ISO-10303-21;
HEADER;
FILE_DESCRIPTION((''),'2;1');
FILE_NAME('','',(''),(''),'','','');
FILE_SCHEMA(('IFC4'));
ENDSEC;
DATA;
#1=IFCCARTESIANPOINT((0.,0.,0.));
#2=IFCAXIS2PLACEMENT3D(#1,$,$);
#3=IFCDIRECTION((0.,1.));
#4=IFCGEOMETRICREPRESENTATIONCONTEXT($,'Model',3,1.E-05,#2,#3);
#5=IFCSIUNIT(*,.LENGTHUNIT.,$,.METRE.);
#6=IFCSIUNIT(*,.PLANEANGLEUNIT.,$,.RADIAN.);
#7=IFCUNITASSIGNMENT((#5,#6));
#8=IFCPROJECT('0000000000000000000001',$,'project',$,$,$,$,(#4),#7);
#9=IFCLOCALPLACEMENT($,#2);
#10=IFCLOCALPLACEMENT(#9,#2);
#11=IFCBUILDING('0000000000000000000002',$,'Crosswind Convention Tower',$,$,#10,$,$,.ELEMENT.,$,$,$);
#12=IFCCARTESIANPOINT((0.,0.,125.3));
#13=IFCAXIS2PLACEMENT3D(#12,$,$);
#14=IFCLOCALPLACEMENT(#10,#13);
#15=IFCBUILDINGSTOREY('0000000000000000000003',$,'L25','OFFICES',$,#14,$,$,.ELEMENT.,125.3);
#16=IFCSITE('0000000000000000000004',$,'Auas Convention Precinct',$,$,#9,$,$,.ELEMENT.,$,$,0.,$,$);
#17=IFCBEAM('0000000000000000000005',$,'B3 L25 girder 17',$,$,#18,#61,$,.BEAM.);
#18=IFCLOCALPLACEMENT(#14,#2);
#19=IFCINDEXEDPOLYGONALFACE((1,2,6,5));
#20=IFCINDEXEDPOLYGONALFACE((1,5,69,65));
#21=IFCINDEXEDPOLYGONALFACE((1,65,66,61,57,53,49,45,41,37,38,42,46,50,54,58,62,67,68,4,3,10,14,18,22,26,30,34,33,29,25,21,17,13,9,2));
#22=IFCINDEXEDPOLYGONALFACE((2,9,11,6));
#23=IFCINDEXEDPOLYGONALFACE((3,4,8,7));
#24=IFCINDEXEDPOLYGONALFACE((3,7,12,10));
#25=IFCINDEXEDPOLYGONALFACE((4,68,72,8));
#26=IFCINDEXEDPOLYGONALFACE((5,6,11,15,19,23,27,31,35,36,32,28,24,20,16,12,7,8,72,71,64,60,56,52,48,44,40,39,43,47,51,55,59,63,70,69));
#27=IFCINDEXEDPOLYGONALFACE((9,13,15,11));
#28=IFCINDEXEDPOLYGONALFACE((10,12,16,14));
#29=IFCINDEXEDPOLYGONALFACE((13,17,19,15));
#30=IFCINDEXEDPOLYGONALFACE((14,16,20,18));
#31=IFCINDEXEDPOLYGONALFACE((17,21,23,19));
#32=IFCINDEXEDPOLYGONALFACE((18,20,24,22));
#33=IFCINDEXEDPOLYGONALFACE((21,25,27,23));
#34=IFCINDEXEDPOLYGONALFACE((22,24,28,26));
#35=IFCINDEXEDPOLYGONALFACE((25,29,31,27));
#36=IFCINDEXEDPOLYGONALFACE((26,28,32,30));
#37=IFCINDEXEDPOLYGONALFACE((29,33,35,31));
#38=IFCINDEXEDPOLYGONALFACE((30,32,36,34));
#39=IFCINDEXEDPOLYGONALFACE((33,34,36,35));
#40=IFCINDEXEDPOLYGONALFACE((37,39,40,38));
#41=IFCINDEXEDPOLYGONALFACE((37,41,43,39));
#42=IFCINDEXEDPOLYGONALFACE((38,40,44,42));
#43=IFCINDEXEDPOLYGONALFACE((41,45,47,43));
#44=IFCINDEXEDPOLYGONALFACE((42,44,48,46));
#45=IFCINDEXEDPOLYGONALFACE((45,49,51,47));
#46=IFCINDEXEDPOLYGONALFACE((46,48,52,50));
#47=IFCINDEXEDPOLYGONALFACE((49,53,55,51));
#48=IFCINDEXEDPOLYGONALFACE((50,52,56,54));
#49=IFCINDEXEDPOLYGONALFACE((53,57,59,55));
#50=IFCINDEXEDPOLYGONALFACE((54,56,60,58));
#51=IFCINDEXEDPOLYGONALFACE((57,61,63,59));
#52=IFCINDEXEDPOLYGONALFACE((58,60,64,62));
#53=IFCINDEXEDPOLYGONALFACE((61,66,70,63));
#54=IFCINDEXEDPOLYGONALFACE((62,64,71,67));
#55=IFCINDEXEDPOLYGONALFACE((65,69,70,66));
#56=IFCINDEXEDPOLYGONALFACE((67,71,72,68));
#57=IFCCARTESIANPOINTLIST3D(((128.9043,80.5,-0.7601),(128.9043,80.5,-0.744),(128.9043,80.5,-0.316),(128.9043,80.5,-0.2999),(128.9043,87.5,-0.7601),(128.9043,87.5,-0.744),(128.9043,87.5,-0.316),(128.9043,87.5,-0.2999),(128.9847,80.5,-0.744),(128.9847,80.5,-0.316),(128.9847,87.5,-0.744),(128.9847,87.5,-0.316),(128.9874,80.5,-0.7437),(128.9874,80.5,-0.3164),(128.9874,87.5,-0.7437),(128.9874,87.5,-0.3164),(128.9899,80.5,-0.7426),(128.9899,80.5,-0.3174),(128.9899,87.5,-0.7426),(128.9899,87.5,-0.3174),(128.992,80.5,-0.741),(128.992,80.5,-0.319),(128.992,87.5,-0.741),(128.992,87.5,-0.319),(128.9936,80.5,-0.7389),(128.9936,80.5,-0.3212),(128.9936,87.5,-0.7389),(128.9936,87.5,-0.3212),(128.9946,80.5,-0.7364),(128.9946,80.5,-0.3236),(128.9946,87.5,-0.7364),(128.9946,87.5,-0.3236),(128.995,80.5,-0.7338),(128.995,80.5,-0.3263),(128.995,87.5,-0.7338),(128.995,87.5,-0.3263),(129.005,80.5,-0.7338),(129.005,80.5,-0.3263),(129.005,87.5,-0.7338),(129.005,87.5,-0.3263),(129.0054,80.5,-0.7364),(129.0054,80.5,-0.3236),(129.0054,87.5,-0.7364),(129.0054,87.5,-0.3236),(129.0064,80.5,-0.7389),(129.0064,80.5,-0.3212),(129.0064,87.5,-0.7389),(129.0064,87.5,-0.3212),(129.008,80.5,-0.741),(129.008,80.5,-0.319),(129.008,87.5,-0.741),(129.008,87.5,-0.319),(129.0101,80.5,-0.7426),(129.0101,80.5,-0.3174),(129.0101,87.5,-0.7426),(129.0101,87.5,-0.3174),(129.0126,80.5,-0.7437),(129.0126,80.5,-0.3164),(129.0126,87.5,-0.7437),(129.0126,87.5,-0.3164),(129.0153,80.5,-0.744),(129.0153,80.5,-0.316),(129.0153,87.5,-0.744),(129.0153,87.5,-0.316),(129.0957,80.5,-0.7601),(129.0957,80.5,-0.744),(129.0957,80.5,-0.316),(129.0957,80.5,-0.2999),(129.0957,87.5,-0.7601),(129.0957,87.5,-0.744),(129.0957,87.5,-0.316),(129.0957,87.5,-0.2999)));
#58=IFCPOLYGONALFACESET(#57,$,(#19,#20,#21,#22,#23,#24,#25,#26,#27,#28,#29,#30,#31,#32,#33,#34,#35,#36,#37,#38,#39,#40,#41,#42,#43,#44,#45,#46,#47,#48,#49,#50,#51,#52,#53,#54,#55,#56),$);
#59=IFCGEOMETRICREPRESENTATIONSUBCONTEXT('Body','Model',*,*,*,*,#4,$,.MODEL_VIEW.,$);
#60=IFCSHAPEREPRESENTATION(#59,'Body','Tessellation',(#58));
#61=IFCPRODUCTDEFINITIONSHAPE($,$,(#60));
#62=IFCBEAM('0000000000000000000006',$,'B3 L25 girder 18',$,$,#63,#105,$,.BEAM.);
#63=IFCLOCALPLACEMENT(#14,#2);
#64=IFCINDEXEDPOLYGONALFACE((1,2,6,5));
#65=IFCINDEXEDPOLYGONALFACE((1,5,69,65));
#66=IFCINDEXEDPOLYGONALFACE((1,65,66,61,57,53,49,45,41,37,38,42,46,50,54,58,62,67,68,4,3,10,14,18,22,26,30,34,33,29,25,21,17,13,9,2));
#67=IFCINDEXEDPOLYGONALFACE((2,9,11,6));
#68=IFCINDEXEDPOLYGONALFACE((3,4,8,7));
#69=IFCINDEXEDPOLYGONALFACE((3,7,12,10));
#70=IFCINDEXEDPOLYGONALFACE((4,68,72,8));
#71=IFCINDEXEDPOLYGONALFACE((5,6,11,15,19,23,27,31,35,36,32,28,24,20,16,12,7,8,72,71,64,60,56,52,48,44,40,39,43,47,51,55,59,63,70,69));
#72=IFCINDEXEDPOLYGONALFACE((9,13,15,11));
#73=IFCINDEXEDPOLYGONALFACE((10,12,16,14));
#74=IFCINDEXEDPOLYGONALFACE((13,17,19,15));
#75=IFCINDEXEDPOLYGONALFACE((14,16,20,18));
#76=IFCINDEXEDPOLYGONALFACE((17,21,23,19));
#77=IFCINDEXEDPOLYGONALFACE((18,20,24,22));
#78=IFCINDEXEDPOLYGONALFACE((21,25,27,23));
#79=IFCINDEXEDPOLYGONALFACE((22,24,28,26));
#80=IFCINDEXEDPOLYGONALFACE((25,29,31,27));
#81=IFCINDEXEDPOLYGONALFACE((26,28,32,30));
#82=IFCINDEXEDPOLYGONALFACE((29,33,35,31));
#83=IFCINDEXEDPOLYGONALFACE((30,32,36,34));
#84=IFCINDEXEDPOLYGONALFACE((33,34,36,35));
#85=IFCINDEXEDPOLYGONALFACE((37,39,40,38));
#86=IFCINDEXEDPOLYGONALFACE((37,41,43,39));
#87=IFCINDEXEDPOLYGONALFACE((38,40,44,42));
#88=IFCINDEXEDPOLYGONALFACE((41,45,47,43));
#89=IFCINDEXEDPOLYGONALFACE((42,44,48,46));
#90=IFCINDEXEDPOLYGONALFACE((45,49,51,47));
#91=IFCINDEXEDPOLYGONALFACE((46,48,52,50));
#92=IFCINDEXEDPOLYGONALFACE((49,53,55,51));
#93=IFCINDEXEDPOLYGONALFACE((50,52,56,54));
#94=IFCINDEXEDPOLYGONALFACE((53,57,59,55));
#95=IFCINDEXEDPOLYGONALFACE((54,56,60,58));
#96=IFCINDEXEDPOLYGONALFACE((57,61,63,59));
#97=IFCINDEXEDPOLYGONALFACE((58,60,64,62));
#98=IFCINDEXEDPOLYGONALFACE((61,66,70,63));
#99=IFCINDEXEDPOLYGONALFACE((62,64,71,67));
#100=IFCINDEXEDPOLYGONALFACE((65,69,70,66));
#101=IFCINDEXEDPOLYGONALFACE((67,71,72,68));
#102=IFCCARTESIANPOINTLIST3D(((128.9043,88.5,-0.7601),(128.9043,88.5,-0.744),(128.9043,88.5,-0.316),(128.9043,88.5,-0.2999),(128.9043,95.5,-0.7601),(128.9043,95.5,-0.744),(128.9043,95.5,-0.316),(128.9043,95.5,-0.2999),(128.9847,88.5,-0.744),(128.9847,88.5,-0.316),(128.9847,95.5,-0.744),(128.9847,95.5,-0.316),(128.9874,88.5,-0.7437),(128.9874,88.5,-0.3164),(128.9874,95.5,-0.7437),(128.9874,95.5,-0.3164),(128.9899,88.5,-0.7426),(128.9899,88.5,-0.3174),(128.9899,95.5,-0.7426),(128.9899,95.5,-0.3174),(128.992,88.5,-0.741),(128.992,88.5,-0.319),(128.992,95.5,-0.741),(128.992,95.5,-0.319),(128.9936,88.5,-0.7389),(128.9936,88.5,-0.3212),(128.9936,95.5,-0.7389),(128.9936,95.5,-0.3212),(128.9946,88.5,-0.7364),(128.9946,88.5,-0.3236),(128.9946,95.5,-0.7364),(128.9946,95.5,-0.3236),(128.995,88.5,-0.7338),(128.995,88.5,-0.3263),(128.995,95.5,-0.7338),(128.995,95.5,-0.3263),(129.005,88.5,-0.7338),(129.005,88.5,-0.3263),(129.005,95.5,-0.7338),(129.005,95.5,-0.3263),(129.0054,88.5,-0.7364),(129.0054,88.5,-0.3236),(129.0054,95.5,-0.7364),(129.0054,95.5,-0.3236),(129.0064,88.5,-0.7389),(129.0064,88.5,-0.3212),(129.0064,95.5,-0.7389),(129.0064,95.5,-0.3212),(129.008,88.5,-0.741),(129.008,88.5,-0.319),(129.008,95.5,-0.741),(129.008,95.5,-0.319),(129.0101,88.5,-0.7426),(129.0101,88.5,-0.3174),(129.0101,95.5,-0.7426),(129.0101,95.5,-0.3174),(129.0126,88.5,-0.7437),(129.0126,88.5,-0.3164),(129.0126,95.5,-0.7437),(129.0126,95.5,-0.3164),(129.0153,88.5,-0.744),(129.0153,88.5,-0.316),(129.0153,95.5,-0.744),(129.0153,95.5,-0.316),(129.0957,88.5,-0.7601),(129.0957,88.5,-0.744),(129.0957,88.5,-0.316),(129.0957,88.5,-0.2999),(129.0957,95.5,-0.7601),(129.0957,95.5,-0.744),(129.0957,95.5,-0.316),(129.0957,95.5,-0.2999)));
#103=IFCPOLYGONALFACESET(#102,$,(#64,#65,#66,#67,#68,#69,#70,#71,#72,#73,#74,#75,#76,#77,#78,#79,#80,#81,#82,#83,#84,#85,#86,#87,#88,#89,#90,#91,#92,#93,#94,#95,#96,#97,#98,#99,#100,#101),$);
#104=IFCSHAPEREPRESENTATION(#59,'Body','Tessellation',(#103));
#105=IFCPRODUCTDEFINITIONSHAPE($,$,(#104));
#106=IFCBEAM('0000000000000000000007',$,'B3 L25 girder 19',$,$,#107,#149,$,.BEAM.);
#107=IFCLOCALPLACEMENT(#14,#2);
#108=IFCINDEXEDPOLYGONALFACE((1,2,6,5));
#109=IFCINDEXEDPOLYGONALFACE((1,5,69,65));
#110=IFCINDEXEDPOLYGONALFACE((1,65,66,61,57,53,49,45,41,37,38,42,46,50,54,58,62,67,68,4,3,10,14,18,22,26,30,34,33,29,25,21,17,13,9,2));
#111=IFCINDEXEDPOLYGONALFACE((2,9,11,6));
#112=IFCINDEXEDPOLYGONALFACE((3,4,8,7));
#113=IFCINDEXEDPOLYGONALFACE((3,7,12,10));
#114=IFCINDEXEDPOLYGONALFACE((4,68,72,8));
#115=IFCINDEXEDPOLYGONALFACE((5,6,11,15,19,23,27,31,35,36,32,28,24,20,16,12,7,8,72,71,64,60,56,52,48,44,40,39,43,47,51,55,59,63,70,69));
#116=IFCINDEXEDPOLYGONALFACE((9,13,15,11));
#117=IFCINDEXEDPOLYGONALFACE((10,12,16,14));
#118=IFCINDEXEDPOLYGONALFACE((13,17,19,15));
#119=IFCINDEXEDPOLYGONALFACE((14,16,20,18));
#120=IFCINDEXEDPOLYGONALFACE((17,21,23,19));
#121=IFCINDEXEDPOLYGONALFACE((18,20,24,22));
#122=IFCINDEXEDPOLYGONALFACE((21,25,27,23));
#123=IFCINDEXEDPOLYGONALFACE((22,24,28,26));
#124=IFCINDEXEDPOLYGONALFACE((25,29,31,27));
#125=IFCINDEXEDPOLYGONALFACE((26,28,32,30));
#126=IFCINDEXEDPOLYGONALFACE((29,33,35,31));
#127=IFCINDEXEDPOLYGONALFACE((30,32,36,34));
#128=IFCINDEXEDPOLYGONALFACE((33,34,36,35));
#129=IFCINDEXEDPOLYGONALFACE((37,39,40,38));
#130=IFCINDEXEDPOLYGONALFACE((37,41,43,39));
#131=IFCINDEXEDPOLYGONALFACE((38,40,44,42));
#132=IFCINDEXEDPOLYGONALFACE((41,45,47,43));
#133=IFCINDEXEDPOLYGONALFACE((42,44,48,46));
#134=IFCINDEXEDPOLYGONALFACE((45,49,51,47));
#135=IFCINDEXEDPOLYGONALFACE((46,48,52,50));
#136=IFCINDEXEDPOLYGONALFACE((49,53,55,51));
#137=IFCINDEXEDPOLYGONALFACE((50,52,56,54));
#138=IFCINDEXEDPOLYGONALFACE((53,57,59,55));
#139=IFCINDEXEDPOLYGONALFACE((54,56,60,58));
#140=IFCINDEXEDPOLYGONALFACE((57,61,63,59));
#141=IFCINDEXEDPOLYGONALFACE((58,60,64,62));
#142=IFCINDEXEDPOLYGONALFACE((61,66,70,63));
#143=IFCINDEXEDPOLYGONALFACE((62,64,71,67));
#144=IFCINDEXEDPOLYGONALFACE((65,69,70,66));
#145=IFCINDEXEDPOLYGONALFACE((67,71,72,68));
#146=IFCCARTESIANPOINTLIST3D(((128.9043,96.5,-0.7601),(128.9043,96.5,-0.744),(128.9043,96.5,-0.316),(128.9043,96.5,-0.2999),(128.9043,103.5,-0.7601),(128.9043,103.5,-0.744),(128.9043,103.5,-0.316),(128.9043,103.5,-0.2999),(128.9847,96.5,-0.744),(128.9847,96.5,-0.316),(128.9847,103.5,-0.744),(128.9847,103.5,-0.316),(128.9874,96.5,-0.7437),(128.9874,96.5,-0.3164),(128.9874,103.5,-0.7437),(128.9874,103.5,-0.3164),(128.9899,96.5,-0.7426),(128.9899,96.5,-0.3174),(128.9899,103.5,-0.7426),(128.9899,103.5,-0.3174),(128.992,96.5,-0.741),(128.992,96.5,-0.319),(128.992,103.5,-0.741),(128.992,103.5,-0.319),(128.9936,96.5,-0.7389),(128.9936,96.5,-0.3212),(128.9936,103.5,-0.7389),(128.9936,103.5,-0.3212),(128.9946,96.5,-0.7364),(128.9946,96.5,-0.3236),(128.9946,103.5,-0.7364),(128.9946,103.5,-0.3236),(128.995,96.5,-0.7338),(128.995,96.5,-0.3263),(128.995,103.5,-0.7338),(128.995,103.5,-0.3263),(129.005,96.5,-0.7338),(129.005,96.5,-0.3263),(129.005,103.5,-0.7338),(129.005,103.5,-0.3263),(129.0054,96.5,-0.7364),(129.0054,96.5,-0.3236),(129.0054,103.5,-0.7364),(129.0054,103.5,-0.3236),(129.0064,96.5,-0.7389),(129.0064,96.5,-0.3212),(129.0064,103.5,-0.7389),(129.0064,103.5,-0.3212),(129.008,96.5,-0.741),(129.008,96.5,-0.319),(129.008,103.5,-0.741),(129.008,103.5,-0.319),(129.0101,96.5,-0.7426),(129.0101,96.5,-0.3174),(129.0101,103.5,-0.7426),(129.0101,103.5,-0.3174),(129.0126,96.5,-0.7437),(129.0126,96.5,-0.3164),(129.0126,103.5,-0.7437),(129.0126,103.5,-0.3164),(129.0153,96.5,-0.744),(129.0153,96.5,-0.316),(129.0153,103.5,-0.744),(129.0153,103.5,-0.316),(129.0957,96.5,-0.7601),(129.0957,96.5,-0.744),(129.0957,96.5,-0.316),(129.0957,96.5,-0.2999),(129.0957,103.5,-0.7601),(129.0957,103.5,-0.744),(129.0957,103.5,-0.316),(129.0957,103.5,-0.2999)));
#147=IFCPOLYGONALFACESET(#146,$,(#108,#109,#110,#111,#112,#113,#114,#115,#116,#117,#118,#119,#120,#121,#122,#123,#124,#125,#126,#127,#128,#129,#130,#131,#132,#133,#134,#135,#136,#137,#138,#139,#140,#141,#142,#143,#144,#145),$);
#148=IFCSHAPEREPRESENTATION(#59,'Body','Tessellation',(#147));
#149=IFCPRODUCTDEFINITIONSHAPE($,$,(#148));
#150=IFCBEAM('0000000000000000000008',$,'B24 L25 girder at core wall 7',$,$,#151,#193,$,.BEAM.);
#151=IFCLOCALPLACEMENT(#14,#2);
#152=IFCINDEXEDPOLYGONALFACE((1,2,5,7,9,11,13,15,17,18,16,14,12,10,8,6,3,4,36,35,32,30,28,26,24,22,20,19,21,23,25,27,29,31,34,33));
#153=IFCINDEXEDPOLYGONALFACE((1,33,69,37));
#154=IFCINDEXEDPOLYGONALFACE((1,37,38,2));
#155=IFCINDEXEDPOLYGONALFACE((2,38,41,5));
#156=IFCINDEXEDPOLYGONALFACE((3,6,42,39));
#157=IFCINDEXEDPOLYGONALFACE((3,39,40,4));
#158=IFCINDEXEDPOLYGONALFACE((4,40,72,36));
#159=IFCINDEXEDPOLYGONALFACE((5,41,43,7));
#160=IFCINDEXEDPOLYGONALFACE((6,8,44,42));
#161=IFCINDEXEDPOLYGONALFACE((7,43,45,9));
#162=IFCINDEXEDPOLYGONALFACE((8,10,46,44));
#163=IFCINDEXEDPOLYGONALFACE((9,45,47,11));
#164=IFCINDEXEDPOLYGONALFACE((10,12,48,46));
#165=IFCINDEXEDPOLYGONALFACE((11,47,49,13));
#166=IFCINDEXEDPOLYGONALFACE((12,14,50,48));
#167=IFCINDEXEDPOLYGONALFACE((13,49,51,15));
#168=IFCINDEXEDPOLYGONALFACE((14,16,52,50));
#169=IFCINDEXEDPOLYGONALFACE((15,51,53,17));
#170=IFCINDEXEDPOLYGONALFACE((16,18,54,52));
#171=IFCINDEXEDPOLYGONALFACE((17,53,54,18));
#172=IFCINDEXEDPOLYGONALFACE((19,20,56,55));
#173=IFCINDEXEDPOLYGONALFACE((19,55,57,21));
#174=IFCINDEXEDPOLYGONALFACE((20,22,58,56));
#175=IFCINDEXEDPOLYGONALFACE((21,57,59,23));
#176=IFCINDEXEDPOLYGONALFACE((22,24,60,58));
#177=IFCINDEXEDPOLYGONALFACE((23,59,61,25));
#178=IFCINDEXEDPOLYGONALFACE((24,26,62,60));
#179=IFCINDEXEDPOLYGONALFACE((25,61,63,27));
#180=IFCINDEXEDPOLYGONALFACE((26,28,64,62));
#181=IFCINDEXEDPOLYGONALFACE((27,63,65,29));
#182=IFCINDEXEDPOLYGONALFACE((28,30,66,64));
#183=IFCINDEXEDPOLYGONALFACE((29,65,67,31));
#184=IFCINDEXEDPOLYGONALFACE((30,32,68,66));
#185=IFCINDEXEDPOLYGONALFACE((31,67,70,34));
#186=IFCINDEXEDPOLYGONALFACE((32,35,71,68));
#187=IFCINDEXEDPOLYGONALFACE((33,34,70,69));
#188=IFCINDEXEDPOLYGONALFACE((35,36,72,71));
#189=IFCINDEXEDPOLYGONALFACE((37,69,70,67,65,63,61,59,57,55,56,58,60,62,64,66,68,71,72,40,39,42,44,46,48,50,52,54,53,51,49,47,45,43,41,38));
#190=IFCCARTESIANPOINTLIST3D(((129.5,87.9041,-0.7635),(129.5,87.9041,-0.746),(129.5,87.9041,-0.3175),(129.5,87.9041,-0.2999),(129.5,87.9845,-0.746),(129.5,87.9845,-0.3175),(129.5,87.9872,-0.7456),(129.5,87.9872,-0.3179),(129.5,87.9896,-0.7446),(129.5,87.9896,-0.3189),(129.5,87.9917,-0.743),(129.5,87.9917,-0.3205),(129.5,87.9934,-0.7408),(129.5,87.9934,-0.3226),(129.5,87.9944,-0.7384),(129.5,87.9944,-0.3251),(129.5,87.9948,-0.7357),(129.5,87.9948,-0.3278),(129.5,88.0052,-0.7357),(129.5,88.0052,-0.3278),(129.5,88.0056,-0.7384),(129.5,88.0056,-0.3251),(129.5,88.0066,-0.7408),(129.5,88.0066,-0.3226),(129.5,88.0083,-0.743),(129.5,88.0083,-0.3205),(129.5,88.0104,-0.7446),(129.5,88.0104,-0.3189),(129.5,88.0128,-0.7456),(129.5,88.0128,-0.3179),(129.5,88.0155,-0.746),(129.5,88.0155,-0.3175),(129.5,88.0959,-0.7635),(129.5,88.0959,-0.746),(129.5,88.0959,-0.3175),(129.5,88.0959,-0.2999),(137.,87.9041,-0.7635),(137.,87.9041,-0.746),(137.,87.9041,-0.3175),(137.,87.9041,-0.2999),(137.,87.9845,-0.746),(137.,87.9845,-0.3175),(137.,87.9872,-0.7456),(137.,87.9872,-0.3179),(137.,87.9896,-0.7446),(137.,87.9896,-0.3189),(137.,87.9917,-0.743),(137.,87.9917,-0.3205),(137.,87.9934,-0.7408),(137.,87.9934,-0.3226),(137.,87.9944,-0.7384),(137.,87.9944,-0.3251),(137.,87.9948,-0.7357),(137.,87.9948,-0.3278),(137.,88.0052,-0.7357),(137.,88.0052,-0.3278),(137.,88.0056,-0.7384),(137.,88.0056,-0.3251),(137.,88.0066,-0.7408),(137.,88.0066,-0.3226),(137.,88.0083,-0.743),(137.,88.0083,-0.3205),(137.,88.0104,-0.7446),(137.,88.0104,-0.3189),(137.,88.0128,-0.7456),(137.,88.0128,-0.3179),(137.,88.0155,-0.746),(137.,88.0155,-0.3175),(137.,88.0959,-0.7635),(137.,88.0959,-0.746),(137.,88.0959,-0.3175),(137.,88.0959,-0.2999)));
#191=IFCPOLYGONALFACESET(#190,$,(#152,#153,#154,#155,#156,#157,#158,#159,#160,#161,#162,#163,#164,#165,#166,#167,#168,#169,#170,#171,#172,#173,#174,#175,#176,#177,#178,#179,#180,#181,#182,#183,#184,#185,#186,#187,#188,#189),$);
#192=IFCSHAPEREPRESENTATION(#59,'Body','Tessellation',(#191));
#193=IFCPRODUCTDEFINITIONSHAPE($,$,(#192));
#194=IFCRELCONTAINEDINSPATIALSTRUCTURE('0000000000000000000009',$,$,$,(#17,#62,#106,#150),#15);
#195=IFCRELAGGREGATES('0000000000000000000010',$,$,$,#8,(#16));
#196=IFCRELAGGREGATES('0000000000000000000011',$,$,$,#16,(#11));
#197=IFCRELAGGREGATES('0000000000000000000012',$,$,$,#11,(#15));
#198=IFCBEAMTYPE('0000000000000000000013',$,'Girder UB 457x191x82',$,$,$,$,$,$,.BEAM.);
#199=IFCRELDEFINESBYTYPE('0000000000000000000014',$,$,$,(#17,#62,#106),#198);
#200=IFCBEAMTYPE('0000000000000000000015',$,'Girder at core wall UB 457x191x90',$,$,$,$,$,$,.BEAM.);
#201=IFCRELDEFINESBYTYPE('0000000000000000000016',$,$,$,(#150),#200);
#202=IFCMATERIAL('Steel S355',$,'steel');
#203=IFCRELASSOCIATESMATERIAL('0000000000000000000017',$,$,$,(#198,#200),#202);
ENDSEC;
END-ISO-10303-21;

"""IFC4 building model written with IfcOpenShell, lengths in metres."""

from ifc_helpers import new_model, si_unit, direction, frame, origin, origin_2d, place, context, subcontext, project, spatial, i_section, extrude, material, material_profile, profile_set, type_object, element, save


model = new_model("IFC4")

# Units and contexts
model_context = context("Model", 3, precision=1e-05, world=origin(), true_north=direction((0.0, 1.0)))
body_context = subcontext(model_context, "Body", "Model", "MODEL_VIEW")
ifc_project = project(units=[si_unit("LENGTHUNIT", "METRE"), si_unit("PLANEANGLEUNIT", "RADIAN")], contexts=[model_context])

# Site, building, storey
site_placement = place(None, origin())
site = spatial("IfcSite", under=ifc_project, at=site_placement, Name="Auas Convention Precinct", CompositionType="ELEMENT", RefElevation=0.0)
building_placement = place(site_placement, origin())
building = spatial("IfcBuilding", under=site, at=building_placement, Name="Crosswind Convention Tower", CompositionType="ELEMENT")
storey_placement = place(building_placement, frame((0.0, 0.0, 125.3)))
storey = spatial("IfcBuildingStorey", under=building, at=storey_placement, Name="L25", Description="OFFICES", CompositionType="ELEMENT", Elevation=125.3)

# Beams
ifc_material_1 = material(Name="Steel S355", Category="steel")
ifc_material_profile_1 = material_profile(ifc_material_1, i_section(OverallWidth=0.1914, OverallDepth=0.4602, WebThickness=0.01, FlangeThickness=0.0161, FilletRadius=0.0103, at=origin_2d()), Name="UB 457x191x82")
ifc_profile_set_1 = profile_set([ifc_material_profile_1], Name="Steel S355")
beam_type_1 = type_object("IfcBeamType", Name="Girder UB 457x191x82", PredefinedType="BEAM", material=ifc_profile_set_1)
for number, where, z_axis, x_axis, name in (
    (1, (129.0, 80.5, -0.53), (0.0, 1.0, 0.0), (-1.0, 0.0, 0.0), "B3 L25 girder 17"),
    (2, (129.0, 88.5, -0.53), (0.0, 1.0, 0.0), (-1.0, 0.0, 0.0), "B3 L25 girder 18"),
    (3, (129.0, 96.5, -0.53), (0.0, 1.0, 0.0), (-1.0, 0.0, 0.0), "B3 L25 girder 19"),
):
    element("IfcBeam", number, at=place(storey_placement, frame(where, z_axis=z_axis, x_axis=x_axis)), inside=storey, type_object=beam_type_1, Name=name, PredefinedType="BEAM", context=body_context, shape_type="SweptSolid", body=[
        extrude(i_section(OverallWidth=0.1914, OverallDepth=0.4602, WebThickness=0.01, FlangeThickness=0.0161, FilletRadius=0.0103, at=origin_2d()), origin(), (0.0, 0.0, 1.0), 7.0),
    ])
ifc_material_profile_2 = material_profile(ifc_material_1, i_section(OverallWidth=0.1919, OverallDepth=0.4636, WebThickness=0.0105, FlangeThickness=0.0176, FilletRadius=0.0103, at=origin_2d()), Name="UB 457x191x90")
ifc_profile_set_2 = profile_set([ifc_material_profile_2], Name="Steel S355")
beam_type_2 = type_object("IfcBeamType", Name="Girder at core wall UB 457x191x90", PredefinedType="BEAM", material=ifc_profile_set_2)
for number, where, z_axis, x_axis, name in (
    (4, (129.5, 88.0, -0.5317), (1.0, 0.0, 0.0), (0.0, 1.0, 0.0), "B24 L25 girder at core wall 7"),
):
    element("IfcBeam", number, at=place(storey_placement, frame(where, z_axis=z_axis, x_axis=x_axis)), inside=storey, type_object=beam_type_2, Name=name, PredefinedType="BEAM", context=body_context, shape_type="SweptSolid", body=[
        extrude(i_section(OverallWidth=0.1919, OverallDepth=0.4636, WebThickness=0.0105, FlangeThickness=0.0176, FilletRadius=0.0103, at=origin_2d()), origin(), (0.0, 0.0, 1.0), 7.5),
    ])

save(model, "model.ifc")
